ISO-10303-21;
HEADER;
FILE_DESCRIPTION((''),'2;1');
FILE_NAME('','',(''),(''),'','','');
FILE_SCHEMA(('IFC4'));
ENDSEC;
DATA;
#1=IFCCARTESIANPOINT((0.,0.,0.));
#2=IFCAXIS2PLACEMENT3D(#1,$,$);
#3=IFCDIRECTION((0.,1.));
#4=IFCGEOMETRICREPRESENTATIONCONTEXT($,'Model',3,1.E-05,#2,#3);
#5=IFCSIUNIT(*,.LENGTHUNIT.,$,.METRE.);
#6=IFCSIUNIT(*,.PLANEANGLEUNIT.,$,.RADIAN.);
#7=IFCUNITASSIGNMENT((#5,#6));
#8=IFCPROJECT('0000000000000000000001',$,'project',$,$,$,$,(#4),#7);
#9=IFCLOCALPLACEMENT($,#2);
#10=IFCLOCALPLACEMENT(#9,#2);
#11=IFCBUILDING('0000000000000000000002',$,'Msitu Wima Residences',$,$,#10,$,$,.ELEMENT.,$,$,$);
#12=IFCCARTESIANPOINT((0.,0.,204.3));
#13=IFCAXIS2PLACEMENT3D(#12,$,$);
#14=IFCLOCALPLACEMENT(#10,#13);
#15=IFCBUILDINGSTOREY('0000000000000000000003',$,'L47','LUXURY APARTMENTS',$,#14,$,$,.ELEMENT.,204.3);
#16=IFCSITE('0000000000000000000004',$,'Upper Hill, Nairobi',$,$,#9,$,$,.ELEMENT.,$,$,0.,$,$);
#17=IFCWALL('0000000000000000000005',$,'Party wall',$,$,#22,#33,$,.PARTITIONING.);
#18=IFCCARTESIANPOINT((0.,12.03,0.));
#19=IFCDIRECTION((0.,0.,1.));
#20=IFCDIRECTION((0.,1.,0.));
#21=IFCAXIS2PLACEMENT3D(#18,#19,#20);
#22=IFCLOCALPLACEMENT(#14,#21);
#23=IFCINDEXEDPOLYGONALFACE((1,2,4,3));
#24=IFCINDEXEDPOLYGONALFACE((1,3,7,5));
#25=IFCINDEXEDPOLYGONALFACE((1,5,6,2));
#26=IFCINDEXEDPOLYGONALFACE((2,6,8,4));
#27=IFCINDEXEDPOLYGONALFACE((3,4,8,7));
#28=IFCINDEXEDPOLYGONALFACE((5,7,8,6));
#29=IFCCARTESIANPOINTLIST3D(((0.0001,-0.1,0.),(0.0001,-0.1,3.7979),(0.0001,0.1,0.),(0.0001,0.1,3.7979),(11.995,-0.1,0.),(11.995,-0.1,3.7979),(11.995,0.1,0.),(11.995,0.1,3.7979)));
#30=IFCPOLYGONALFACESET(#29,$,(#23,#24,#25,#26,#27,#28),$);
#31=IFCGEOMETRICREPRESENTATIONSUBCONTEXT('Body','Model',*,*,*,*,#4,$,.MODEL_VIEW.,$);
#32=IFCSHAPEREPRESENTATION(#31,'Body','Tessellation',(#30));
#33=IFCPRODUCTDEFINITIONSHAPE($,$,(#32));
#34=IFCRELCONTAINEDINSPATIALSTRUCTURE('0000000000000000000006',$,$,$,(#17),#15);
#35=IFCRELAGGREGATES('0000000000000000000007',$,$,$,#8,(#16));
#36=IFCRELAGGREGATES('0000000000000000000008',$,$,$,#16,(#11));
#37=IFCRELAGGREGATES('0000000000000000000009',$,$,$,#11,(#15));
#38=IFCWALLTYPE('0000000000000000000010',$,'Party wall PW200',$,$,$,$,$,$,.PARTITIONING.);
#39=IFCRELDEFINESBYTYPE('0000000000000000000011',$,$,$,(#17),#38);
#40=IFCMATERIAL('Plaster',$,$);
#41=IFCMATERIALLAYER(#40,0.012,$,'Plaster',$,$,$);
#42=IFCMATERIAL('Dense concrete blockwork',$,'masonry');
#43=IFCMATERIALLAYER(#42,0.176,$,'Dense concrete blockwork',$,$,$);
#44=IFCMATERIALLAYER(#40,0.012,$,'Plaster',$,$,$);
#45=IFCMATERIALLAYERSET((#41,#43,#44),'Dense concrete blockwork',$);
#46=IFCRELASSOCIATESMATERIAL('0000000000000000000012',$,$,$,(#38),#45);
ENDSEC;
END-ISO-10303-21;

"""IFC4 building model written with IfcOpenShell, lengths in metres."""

from ifc_helpers import new_model, si_unit, direction, frame, frame_2d, origin, place, context, subcontext, project, spatial, rectangle, extrude, material, layer, layer_set, type_object, element, save


model = new_model("IFC4")

# Units and contexts
model_context = context("Model", 3, precision=1e-05, world=origin(), true_north=direction((0.0, 1.0)))
body_context = subcontext(model_context, "Body", "Model", "MODEL_VIEW")
ifc_project = project(units=[si_unit("LENGTHUNIT", "METRE"), si_unit("PLANEANGLEUNIT", "RADIAN")], contexts=[model_context])

# Site, building, storey
site_placement = place(None, origin())
site = spatial("IfcSite", under=ifc_project, at=site_placement, Name="Upper Hill, Nairobi", CompositionType="ELEMENT", RefElevation=0.0)
building_placement = place(site_placement, origin())
building = spatial("IfcBuilding", under=site, at=building_placement, Name="Msitu Wima Residences", CompositionType="ELEMENT")
storey_placement = place(building_placement, frame((0.0, 0.0, 204.3)))
storey = spatial("IfcBuildingStorey", under=building, at=storey_placement, Name="L47", Description="LUXURY APARTMENTS", CompositionType="ELEMENT", Elevation=204.3)

# Wall
ifc_material_1 = material(Name="Plaster")
ifc_layer_1 = layer(ifc_material_1, 0.012, Name="Plaster")
ifc_material_2 = material(Name="Dense concrete blockwork", Category="masonry")
ifc_layer_2 = layer(ifc_material_2, 0.176, Name="Dense concrete blockwork")
ifc_layer_3 = layer(ifc_material_1, 0.012, Name="Plaster")
ifc_layer_set_1 = layer_set([ifc_layer_1, ifc_layer_2, ifc_layer_3], Name="Dense concrete blockwork")
wall_type_1 = type_object("IfcWallType", Name="Party wall PW200", PredefinedType="PARTITIONING", material=ifc_layer_set_1)
wall_1_placement = place(storey_placement, frame((0.0, 12.03, 0.0), z_axis=(0.0, 0.0, 1.0), x_axis=(0.0, 1.0, 0.0)))
element("IfcWall", 1, at=wall_1_placement, inside=storey, type_object=wall_type_1, Name="Party wall", PredefinedType="PARTITIONING", context=body_context, shape_type="SweptSolid", body=[
    extrude(rectangle(XDim=11.9949, YDim=0.2, at=frame_2d((5.9976, 0.0))), origin(), (0.0, 0.0, 1.0), 3.7979),
])

save(model, "model.ifc")
